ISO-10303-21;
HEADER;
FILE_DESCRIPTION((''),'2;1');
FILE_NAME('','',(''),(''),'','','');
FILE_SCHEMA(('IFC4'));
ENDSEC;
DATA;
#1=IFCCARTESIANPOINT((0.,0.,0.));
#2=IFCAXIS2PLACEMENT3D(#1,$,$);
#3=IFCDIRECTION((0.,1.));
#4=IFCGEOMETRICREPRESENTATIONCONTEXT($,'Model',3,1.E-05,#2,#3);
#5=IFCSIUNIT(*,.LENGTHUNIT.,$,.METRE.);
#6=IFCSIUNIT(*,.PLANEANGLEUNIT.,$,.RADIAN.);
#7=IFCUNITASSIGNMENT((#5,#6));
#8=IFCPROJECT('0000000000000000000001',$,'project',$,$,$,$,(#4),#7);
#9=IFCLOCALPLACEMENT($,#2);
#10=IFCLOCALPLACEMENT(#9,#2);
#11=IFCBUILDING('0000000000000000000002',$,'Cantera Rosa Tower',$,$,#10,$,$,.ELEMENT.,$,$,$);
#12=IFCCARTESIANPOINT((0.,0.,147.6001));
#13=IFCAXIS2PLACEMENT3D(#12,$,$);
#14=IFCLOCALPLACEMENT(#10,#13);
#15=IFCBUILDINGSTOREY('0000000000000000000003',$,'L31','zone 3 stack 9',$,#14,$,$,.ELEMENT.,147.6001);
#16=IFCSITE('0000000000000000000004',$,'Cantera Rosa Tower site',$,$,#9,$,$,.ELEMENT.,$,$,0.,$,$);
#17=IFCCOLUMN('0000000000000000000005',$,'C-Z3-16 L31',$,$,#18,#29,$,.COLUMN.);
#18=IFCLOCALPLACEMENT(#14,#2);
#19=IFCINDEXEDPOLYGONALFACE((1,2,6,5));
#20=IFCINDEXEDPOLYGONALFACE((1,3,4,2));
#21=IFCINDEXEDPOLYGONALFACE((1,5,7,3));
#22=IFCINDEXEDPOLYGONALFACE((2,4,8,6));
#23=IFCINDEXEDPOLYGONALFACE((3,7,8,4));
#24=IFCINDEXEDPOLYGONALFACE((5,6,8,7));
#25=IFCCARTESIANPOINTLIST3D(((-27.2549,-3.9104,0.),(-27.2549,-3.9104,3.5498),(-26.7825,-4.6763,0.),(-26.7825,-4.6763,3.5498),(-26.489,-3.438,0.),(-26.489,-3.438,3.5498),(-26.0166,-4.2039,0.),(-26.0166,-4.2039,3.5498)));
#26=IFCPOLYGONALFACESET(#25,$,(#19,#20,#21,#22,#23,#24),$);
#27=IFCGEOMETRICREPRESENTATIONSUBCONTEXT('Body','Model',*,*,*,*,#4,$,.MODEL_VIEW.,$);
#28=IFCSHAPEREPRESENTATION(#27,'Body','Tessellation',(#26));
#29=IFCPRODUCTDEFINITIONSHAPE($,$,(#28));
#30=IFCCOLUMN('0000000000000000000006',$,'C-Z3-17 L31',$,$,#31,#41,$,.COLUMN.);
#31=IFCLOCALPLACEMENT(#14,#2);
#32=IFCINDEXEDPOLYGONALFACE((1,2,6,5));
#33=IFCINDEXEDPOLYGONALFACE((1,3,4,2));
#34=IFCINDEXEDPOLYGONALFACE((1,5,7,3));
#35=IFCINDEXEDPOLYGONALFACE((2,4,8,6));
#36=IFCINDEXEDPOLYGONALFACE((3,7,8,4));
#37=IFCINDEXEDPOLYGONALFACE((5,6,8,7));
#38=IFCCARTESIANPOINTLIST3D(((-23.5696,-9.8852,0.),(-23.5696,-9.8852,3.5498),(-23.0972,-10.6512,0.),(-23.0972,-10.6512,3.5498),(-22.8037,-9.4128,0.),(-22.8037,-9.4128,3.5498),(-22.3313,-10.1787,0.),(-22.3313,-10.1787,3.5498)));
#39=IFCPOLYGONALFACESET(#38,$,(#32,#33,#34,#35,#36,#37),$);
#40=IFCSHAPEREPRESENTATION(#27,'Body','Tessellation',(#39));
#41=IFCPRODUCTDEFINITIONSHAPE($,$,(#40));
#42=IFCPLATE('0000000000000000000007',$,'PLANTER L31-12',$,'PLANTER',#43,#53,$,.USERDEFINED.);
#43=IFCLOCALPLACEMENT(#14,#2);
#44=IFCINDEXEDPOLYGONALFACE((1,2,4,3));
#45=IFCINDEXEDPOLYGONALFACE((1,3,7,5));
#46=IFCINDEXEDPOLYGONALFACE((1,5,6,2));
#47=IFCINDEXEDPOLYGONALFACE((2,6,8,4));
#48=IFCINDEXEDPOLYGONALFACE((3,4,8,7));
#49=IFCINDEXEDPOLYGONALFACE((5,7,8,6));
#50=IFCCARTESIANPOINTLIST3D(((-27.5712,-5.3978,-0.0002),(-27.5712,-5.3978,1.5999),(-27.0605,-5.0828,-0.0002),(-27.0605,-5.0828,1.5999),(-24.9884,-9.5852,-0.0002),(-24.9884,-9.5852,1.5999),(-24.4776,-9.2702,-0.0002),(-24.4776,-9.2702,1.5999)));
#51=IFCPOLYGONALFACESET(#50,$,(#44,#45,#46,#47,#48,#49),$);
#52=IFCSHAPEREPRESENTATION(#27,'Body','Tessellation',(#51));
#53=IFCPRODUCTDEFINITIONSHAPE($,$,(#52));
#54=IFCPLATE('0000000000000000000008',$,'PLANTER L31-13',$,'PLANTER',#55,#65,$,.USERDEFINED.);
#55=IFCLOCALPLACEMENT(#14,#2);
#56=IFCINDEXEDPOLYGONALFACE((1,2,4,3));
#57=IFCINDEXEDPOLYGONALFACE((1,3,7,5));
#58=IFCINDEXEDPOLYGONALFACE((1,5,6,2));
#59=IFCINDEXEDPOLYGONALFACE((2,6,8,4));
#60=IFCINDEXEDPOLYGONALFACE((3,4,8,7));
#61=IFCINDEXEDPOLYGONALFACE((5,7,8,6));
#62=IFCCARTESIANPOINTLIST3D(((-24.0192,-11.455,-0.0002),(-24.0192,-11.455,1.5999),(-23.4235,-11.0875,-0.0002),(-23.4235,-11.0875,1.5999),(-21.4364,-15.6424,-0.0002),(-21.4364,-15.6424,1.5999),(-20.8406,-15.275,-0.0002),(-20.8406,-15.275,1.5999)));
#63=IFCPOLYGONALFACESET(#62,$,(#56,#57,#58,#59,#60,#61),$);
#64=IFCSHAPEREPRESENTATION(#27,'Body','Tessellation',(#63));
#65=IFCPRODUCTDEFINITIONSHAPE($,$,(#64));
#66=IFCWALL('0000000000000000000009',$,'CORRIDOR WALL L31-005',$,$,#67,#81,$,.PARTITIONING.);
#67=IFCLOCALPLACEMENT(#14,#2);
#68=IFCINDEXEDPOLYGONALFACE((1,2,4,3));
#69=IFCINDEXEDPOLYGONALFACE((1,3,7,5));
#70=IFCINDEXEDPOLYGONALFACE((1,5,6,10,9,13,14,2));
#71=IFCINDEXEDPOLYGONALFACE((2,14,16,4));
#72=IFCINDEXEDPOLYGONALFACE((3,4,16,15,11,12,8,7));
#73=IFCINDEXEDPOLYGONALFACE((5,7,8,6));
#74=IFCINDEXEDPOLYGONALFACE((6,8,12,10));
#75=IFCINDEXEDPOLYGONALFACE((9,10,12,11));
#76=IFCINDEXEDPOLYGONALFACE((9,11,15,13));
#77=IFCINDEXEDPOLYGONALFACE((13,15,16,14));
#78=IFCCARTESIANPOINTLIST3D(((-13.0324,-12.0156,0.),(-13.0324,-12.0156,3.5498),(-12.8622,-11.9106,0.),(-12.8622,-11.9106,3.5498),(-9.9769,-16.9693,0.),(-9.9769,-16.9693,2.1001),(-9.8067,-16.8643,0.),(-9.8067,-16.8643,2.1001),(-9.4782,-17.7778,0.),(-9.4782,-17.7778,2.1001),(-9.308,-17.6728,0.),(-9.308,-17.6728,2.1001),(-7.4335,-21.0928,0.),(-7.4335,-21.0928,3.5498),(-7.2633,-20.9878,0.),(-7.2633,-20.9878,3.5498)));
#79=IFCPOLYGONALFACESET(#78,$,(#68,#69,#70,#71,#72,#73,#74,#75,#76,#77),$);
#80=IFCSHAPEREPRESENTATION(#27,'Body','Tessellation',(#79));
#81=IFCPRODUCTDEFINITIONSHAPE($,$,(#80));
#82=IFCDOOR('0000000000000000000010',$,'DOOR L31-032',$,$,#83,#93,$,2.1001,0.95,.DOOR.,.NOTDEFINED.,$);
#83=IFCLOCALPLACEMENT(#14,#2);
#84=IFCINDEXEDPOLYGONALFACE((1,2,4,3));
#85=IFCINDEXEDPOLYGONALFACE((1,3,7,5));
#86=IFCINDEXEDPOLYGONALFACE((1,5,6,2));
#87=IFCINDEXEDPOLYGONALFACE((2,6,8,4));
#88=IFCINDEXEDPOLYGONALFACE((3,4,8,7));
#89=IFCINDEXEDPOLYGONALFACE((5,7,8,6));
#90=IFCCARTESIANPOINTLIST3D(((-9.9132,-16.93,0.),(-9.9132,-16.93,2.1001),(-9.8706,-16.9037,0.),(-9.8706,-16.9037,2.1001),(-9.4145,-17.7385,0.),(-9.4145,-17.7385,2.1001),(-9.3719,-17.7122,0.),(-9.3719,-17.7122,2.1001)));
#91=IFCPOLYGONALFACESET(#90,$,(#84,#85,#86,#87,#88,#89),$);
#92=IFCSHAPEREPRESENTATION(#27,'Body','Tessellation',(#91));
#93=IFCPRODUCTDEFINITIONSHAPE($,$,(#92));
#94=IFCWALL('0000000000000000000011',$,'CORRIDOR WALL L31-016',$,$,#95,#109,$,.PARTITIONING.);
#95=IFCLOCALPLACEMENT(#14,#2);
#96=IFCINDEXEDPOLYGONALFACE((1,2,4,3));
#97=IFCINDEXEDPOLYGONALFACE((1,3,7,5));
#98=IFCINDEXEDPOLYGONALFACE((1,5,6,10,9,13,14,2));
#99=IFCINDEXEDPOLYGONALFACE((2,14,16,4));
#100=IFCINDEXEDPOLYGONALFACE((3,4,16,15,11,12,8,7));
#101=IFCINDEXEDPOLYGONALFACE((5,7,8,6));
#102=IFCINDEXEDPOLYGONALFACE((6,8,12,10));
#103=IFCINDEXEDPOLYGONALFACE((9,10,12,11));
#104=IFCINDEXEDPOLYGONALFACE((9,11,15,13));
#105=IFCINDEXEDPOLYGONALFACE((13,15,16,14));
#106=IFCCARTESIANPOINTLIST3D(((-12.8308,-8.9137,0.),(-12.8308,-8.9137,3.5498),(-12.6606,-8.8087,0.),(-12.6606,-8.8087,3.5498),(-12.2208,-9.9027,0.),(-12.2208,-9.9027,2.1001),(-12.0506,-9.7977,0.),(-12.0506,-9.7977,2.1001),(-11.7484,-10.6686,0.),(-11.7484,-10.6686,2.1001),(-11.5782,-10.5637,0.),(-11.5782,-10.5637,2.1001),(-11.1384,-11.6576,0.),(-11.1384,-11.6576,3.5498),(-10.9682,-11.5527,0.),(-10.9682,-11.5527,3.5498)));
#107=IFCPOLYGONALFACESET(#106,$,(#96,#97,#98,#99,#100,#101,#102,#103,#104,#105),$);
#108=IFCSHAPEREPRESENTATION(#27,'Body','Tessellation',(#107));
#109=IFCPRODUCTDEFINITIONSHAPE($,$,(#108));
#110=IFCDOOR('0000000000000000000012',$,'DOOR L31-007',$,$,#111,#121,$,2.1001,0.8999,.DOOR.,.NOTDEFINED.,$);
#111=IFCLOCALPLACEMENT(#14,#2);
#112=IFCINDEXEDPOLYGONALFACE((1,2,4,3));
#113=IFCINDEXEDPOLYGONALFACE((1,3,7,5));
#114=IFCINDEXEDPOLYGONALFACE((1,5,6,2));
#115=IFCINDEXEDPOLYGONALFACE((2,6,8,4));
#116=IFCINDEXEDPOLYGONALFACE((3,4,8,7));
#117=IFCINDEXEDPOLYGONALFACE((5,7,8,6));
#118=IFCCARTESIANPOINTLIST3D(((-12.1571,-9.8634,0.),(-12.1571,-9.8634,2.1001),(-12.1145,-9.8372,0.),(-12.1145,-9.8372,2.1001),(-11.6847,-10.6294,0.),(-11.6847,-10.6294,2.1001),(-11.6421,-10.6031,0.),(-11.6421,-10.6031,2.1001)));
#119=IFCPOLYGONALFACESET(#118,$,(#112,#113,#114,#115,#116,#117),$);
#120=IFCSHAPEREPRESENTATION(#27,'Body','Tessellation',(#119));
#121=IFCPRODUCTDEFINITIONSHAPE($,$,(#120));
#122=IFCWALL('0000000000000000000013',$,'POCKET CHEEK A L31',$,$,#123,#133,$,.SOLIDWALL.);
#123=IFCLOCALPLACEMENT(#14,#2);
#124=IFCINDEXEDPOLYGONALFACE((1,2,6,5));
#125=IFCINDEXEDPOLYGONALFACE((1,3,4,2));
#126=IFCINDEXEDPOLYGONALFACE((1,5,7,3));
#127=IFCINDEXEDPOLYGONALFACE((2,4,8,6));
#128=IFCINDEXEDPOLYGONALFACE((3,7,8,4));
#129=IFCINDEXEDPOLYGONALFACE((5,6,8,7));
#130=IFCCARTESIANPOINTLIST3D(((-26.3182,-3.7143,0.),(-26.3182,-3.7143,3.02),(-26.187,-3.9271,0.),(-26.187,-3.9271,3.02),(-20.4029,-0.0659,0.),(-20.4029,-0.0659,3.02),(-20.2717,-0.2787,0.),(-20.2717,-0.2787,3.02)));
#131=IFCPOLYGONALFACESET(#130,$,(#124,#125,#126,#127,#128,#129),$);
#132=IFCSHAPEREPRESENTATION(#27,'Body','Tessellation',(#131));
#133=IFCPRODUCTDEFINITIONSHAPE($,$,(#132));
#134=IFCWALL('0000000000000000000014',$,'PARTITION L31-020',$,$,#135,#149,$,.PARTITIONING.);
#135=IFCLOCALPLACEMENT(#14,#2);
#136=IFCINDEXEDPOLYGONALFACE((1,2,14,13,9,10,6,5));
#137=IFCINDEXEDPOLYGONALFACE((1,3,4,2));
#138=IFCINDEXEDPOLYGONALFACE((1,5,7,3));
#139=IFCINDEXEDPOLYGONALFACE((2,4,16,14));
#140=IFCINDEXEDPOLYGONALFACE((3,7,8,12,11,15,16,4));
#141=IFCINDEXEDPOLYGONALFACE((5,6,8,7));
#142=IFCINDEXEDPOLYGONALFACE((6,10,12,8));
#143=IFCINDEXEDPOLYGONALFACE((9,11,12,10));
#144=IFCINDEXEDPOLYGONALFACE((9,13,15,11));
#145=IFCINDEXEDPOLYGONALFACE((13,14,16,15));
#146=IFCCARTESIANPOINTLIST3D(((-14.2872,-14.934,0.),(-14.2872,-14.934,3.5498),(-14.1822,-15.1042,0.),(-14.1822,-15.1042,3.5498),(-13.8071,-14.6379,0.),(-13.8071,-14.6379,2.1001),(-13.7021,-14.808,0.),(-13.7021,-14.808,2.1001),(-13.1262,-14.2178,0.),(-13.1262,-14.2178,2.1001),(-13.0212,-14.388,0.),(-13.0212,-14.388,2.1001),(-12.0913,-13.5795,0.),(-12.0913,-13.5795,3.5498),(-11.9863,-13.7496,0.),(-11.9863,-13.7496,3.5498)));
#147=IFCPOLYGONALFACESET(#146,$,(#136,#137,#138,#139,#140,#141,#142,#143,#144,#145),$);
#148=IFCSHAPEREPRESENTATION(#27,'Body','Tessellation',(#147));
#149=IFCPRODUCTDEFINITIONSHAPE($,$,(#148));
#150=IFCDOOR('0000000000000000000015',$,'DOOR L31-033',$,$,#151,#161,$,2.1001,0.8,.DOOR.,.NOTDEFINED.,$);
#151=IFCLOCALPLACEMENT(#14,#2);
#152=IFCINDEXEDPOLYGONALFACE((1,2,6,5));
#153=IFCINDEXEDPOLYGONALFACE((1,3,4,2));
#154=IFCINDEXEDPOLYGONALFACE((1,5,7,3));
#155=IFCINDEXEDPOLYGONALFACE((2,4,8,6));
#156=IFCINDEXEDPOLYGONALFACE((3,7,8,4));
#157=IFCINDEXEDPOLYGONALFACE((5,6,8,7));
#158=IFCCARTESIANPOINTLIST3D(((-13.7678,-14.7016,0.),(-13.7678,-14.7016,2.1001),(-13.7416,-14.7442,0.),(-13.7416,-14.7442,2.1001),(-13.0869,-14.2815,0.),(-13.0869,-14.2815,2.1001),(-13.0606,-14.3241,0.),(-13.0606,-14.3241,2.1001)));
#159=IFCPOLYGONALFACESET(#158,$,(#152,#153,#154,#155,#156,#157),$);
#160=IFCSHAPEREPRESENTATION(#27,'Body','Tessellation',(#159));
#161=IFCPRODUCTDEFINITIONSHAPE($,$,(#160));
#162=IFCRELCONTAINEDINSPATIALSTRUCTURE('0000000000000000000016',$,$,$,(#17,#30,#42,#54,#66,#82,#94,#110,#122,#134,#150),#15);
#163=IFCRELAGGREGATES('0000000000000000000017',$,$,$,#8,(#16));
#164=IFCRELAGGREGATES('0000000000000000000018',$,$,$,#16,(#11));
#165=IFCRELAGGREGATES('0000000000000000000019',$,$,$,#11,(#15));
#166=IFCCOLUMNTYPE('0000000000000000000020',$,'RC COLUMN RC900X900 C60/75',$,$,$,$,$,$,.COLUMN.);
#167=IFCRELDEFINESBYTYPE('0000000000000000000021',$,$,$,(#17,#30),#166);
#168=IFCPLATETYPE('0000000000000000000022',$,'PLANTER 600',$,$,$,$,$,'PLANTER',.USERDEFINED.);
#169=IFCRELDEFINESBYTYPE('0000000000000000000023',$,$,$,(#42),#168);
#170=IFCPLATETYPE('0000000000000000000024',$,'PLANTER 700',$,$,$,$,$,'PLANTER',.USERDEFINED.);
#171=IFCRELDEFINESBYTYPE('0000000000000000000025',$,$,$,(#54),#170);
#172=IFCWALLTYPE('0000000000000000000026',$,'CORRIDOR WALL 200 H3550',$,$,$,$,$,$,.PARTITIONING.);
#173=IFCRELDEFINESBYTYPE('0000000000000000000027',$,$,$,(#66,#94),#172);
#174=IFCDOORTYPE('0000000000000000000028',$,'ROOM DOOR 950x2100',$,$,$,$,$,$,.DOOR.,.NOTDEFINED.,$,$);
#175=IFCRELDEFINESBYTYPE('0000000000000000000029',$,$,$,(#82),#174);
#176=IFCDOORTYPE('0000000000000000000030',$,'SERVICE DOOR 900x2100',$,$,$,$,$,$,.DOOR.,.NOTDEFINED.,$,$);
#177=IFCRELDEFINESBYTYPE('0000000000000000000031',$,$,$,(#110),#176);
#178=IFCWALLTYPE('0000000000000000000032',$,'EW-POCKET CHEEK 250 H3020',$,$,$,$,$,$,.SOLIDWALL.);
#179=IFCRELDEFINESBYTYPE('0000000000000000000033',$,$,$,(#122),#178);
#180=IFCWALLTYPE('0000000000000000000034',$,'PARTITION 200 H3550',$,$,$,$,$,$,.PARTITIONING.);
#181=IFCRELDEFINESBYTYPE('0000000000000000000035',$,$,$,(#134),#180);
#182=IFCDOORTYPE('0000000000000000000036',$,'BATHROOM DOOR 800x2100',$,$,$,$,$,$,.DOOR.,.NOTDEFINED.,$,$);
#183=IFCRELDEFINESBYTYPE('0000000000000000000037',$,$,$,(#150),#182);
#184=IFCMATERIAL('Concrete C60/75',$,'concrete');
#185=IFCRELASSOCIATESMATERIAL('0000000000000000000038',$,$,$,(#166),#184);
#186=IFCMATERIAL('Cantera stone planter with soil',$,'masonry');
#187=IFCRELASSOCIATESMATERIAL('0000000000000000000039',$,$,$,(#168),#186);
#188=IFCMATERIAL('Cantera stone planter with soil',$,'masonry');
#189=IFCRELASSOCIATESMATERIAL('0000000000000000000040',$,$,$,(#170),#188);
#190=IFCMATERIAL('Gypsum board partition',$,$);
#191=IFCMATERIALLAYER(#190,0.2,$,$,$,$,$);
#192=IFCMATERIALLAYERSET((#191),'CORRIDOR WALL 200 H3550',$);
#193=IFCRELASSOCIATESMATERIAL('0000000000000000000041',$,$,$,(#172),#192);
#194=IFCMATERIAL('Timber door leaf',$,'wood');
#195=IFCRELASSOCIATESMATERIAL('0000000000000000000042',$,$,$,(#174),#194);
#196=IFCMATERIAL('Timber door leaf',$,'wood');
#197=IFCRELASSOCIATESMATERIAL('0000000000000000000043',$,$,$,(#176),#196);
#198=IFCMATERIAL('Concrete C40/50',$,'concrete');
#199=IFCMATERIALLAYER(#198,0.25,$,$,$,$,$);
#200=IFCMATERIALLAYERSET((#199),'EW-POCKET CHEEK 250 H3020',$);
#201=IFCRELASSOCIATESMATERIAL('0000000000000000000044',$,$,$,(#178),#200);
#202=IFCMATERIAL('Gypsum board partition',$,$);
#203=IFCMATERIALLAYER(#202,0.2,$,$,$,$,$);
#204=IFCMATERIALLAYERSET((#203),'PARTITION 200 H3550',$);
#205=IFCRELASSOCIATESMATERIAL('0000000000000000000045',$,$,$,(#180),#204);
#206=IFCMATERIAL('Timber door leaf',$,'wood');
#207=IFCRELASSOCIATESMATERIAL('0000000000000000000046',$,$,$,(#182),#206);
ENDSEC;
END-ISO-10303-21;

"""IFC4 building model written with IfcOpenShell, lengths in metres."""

from ifc_helpers import new_model, si_unit, direction, frame, frame_2d, origin, origin_2d, place, context, subcontext, project, spatial, rectangle, extrude, material, layer, layer_set, material_profile, profile_set, type_object, element, fill, save


model = new_model("IFC4")

# Units and contexts
model_context = context("Model", 3, precision=1e-05, world=origin(), true_north=direction((0.0, 1.0)))
body_context = subcontext(model_context, "Body", "Model", "MODEL_VIEW")
ifc_project = project(units=[si_unit("LENGTHUNIT", "METRE"), si_unit("PLANEANGLEUNIT", "RADIAN")], contexts=[model_context])

# Site, building, storey
site_placement = place(None, origin())
site = spatial("IfcSite", under=ifc_project, at=site_placement, Name="Cantera Rosa Tower site", CompositionType="ELEMENT", RefElevation=0.0)
building_placement = place(site_placement, origin())
building = spatial("IfcBuilding", under=site, at=building_placement, Name="Cantera Rosa Tower", CompositionType="ELEMENT")
storey_placement = place(building_placement, frame((0.0, 0.0, 147.6001)))
storey = spatial("IfcBuildingStorey", under=building, at=storey_placement, Name="L31", Description="zone 3 stack 9", CompositionType="ELEMENT", Elevation=147.6001)

# Columns
ifc_material_1 = material(Name="Concrete C60/75", Category="concrete")
ifc_material_profile = material_profile(ifc_material_1, rectangle(XDim=0.8999, YDim=0.8999, at=origin_2d()), Name="RC COLUMN RC900X900 C60/75")
ifc_profile_set = profile_set([ifc_material_profile], Name="Concrete C60/75")
column_type = type_object("IfcColumnType", Name="RC COLUMN RC900X900 C60/75", PredefinedType="COLUMN", material=ifc_profile_set)
for number, where, z_axis, x_axis, name in (
    (1, (-26.6357, -4.0571, 0.0), (0.0, 0.0, 1.0), (0.851117, 0.524977, 0.0), "C-Z3-16 L31"),
    (2, (-22.9504, -10.032, 0.0), (0.0, 0.0, 1.0), (0.851117, 0.524977, 0.0), "C-Z3-17 L31"),
):
    element("IfcColumn", number, at=place(storey_placement, frame(where, z_axis=z_axis, x_axis=x_axis)), inside=storey, type_object=column_type, Name=name, PredefinedType="COLUMN", context=body_context, shape_type="SweptSolid", body=[
        extrude(rectangle(XDim=0.8999, YDim=0.8999, at=origin_2d()), origin(), (0.0, 0.0, 1.0), 3.5498),
    ])

# Plates
ifc_material_2 = material(Name="Cantera stone planter with soil", Category="masonry")
plate_type_1 = type_object("IfcPlateType", Name="PLANTER 600", ElementType="PLANTER", PredefinedType="USERDEFINED", material=ifc_material_2)
plate_1_placement = place(storey_placement, frame((-26.0244, -7.334, -0.0002), z_axis=(0.0, 0.0, 1.0), x_axis=(0.524977, -0.851117, 0.0)))
element("IfcPlate", 3, at=plate_1_placement, inside=storey, type_object=plate_type_1, Name="PLANTER L31-12", ObjectType="PLANTER", PredefinedType="USERDEFINED", context=body_context, shape_type="SweptSolid", body=[
    extrude(rectangle(XDim=4.9199, YDim=0.6001, at=origin_2d()), origin(), (0.0, 0.0, 1.0), 1.6001),
])
ifc_material_3 = material(Name="Cantera stone planter with soil", Category="masonry")
plate_type_2 = type_object("IfcPlateType", Name="PLANTER 700", ElementType="PLANTER", PredefinedType="USERDEFINED", material=ifc_material_3)
plate_2_placement = place(storey_placement, frame((-22.4299, -13.365, -0.0002), z_axis=(0.0, 0.0, 1.0), x_axis=(0.524977, -0.851117, 0.0)))
element("IfcPlate", 4, at=plate_2_placement, inside=storey, type_object=plate_type_2, Name="PLANTER L31-13", ObjectType="PLANTER", PredefinedType="USERDEFINED", context=body_context, shape_type="SweptSolid", body=[
    extrude(rectangle(XDim=4.9199, YDim=0.7, at=origin_2d()), origin(), (0.0, 0.0, 1.0), 1.6001),
])

# Walls, openings, doors
ifc_material_4 = material(Name="Gypsum board partition")
ifc_layer_1 = layer(ifc_material_4, 0.2)
ifc_layer_set_1 = layer_set([ifc_layer_1], Name="CORRIDOR WALL 200 H3550")
wall_type_1 = type_object("IfcWallType", Name="CORRIDOR WALL 200 H3550", PredefinedType="PARTITIONING", material=ifc_layer_set_1)
wall_1_placement = place(storey_placement, frame((-12.9473, -11.9631, 0.0), z_axis=(0.0, 0.0, 1.0), x_axis=(0.524977, -0.851116, 0.0)))
wall_1 = element("IfcWall", 5, at=wall_1_placement, inside=storey, type_object=wall_type_1, Name="CORRIDOR WALL L31-005", PredefinedType="PARTITIONING", context=body_context, shape_type="SweptSolid", body=[
    extrude(rectangle(XDim=10.665, YDim=0.2, at=frame_2d((5.3325, 0.0))), origin(), (0.0, 0.0, 1.0), 3.5498),
])
opening_1_placement = place(wall_1_placement, frame((5.8201, 0.0, 0.0)))
opening_1 = element("IfcOpeningElement", 6, at=opening_1_placement, cuts=wall_1, PredefinedType="OPENING", context=body_context, shape_type="SweptSolid", body=[
    extrude(rectangle(XDim=0.95, YDim=2.1001, at=frame_2d((0.4751, 1.05))), frame((0.0, 0.1099, 0.0), z_axis=(0.0, -1.0, 0.0), x_axis=(1.0, 0.0, 0.0)), (0.0, 0.0, 1.0), 0.22),
])
ifc_material_5 = material(Name="Timber door leaf", Category="wood")
door_type_1 = type_object("IfcDoorType", Name="ROOM DOOR 950x2100", OperationType="NOTDEFINED", PredefinedType="DOOR", material=ifc_material_5)
door_1_placement = place(opening_1_placement, origin())
door_1 = element("IfcDoor", 7, at=door_1_placement, inside=storey, type_object=door_type_1, Name="DOOR L31-032", OperationType="NOTDEFINED", OverallHeight=2.1001, OverallWidth=0.95, PredefinedType="DOOR", context=body_context, shape_type="SweptSolid", body=[
    extrude(rectangle(XDim=0.95, YDim=2.1001, at=frame_2d((0.4751, 1.05))), frame((0.0, 0.0249, 0.0), z_axis=(0.0, -1.0, 0.0), x_axis=(1.0, 0.0, 0.0)), (0.0, 0.0, 1.0), 0.05),
])
fill(opening_1, door_1)
wall_2_placement = place(storey_placement, frame((-12.7456, -8.8613, 0.0), z_axis=(0.0, 0.0, 1.0), x_axis=(0.524959, -0.851127, 0.0)))
wall_2 = element("IfcWall", 8, at=wall_2_placement, inside=storey, type_object=wall_type_1, Name="CORRIDOR WALL L31-016", PredefinedType="PARTITIONING", context=body_context, shape_type="SweptSolid", body=[
    extrude(rectangle(XDim=3.2239, YDim=0.2, at=frame_2d((1.6118, 0.0))), origin(), (0.0, 0.0, 1.0), 3.5498),
])
opening_2_placement = place(wall_2_placement, frame((1.1619, 0.0, 0.0)))
opening_2 = element("IfcOpeningElement", 9, at=opening_2_placement, cuts=wall_2, PredefinedType="OPENING", context=body_context, shape_type="SweptSolid", body=[
    extrude(rectangle(XDim=0.8999, YDim=2.1001, at=frame_2d((0.45, 1.05))), frame((0.0, 0.1099, 0.0), z_axis=(0.0, -1.0, 0.0), x_axis=(1.0, 0.0, 0.0)), (0.0, 0.0, 1.0), 0.22),
])
ifc_material_6 = material(Name="Timber door leaf", Category="wood")
door_type_2 = type_object("IfcDoorType", Name="SERVICE DOOR 900x2100", OperationType="NOTDEFINED", PredefinedType="DOOR", material=ifc_material_6)
door_2_placement = place(opening_2_placement, origin())
door_2 = element("IfcDoor", 10, at=door_2_placement, inside=storey, type_object=door_type_2, Name="DOOR L31-007", OperationType="NOTDEFINED", OverallHeight=2.1001, OverallWidth=0.8999, PredefinedType="DOOR", context=body_context, shape_type="SweptSolid", body=[
    extrude(rectangle(XDim=0.8999, YDim=2.1001, at=frame_2d((0.45, 1.05))), frame((0.0, 0.0249, 0.0), z_axis=(0.0, -1.0, 0.0), x_axis=(1.0, 0.0, 0.0)), (0.0, 0.0, 1.0), 0.05),
])
fill(opening_2, door_2)

# Wall
ifc_material_7 = material(Name="Concrete C40/50", Category="concrete")
ifc_layer_2 = layer(ifc_material_7, 0.25)
ifc_layer_set_2 = layer_set([ifc_layer_2], Name="EW-POCKET CHEEK 250 H3020")
wall_type_2 = type_object("IfcWallType", Name="EW-POCKET CHEEK 250 H3020", PredefinedType="SOLIDWALL", material=ifc_layer_set_2)
wall_3_placement = place(storey_placement, frame((-26.2527, -3.8208, 0.0), z_axis=(0.0, 0.0, 1.0), x_axis=(0.851127, 0.52496, 0.0)))
element("IfcWall", 11, at=wall_3_placement, inside=storey, type_object=wall_type_2, Name="POCKET CHEEK A L31", PredefinedType="SOLIDWALL", context=body_context, shape_type="SweptSolid", body=[
    extrude(rectangle(XDim=6.95, YDim=0.25, at=frame_2d((3.4751, 0.0))), origin(), (0.0, 0.0, 1.0), 3.02),
])

# Wall, opening, door
ifc_material_8 = material(Name="Gypsum board partition")
ifc_layer_3 = layer(ifc_material_8, 0.2)
ifc_layer_set_3 = layer_set([ifc_layer_3], Name="PARTITION 200 H3550")
wall_type_3 = type_object("IfcWallType", Name="PARTITION 200 H3550", PredefinedType="PARTITIONING", material=ifc_layer_set_3)
wall_4_placement = place(storey_placement, frame((-12.0388, -13.6646, 0.0), z_axis=(0.0, 0.0, 1.0), x_axis=(-0.851099, -0.525005, 0.0)))
wall_4 = element("IfcWall", 12, at=wall_4_placement, inside=storey, type_object=wall_type_3, Name="PARTITION L31-020", PredefinedType="PARTITIONING", context=body_context, shape_type="SweptSolid", body=[
    extrude(rectangle(XDim=2.5801, YDim=0.2, at=frame_2d((1.29, 0.0))), origin(), (0.0, 0.0, 1.0), 3.5498),
])
opening_3_placement = place(wall_4_placement, frame((1.2161, 0.0, 0.0)))
opening_3 = element("IfcOpeningElement", 13, at=opening_3_placement, cuts=wall_4, PredefinedType="OPENING", context=body_context, shape_type="SweptSolid", body=[
    extrude(rectangle(XDim=0.8, YDim=2.1001, at=frame_2d((0.3999, 1.05))), frame((0.0, 0.1099, 0.0), z_axis=(0.0, -1.0, 0.0), x_axis=(1.0, 0.0, 0.0)), (0.0, 0.0, 1.0), 0.22),
])
ifc_material_9 = material(Name="Timber door leaf", Category="wood")
door_type_3 = type_object("IfcDoorType", Name="BATHROOM DOOR 800x2100", OperationType="NOTDEFINED", PredefinedType="DOOR", material=ifc_material_9)
door_3_placement = place(opening_3_placement, origin())
door_3 = element("IfcDoor", 14, at=door_3_placement, inside=storey, type_object=door_type_3, Name="DOOR L31-033", OperationType="NOTDEFINED", OverallHeight=2.1001, OverallWidth=0.8, PredefinedType="DOOR", context=body_context, shape_type="SweptSolid", body=[
    extrude(rectangle(XDim=0.8, YDim=2.1001, at=frame_2d((0.3999, 1.05))), frame((0.0, 0.0249, 0.0), z_axis=(0.0, -1.0, 0.0), x_axis=(1.0, 0.0, 0.0)), (0.0, 0.0, 1.0), 0.05),
])
fill(opening_3, door_3)

save(model, "model.ifc")
